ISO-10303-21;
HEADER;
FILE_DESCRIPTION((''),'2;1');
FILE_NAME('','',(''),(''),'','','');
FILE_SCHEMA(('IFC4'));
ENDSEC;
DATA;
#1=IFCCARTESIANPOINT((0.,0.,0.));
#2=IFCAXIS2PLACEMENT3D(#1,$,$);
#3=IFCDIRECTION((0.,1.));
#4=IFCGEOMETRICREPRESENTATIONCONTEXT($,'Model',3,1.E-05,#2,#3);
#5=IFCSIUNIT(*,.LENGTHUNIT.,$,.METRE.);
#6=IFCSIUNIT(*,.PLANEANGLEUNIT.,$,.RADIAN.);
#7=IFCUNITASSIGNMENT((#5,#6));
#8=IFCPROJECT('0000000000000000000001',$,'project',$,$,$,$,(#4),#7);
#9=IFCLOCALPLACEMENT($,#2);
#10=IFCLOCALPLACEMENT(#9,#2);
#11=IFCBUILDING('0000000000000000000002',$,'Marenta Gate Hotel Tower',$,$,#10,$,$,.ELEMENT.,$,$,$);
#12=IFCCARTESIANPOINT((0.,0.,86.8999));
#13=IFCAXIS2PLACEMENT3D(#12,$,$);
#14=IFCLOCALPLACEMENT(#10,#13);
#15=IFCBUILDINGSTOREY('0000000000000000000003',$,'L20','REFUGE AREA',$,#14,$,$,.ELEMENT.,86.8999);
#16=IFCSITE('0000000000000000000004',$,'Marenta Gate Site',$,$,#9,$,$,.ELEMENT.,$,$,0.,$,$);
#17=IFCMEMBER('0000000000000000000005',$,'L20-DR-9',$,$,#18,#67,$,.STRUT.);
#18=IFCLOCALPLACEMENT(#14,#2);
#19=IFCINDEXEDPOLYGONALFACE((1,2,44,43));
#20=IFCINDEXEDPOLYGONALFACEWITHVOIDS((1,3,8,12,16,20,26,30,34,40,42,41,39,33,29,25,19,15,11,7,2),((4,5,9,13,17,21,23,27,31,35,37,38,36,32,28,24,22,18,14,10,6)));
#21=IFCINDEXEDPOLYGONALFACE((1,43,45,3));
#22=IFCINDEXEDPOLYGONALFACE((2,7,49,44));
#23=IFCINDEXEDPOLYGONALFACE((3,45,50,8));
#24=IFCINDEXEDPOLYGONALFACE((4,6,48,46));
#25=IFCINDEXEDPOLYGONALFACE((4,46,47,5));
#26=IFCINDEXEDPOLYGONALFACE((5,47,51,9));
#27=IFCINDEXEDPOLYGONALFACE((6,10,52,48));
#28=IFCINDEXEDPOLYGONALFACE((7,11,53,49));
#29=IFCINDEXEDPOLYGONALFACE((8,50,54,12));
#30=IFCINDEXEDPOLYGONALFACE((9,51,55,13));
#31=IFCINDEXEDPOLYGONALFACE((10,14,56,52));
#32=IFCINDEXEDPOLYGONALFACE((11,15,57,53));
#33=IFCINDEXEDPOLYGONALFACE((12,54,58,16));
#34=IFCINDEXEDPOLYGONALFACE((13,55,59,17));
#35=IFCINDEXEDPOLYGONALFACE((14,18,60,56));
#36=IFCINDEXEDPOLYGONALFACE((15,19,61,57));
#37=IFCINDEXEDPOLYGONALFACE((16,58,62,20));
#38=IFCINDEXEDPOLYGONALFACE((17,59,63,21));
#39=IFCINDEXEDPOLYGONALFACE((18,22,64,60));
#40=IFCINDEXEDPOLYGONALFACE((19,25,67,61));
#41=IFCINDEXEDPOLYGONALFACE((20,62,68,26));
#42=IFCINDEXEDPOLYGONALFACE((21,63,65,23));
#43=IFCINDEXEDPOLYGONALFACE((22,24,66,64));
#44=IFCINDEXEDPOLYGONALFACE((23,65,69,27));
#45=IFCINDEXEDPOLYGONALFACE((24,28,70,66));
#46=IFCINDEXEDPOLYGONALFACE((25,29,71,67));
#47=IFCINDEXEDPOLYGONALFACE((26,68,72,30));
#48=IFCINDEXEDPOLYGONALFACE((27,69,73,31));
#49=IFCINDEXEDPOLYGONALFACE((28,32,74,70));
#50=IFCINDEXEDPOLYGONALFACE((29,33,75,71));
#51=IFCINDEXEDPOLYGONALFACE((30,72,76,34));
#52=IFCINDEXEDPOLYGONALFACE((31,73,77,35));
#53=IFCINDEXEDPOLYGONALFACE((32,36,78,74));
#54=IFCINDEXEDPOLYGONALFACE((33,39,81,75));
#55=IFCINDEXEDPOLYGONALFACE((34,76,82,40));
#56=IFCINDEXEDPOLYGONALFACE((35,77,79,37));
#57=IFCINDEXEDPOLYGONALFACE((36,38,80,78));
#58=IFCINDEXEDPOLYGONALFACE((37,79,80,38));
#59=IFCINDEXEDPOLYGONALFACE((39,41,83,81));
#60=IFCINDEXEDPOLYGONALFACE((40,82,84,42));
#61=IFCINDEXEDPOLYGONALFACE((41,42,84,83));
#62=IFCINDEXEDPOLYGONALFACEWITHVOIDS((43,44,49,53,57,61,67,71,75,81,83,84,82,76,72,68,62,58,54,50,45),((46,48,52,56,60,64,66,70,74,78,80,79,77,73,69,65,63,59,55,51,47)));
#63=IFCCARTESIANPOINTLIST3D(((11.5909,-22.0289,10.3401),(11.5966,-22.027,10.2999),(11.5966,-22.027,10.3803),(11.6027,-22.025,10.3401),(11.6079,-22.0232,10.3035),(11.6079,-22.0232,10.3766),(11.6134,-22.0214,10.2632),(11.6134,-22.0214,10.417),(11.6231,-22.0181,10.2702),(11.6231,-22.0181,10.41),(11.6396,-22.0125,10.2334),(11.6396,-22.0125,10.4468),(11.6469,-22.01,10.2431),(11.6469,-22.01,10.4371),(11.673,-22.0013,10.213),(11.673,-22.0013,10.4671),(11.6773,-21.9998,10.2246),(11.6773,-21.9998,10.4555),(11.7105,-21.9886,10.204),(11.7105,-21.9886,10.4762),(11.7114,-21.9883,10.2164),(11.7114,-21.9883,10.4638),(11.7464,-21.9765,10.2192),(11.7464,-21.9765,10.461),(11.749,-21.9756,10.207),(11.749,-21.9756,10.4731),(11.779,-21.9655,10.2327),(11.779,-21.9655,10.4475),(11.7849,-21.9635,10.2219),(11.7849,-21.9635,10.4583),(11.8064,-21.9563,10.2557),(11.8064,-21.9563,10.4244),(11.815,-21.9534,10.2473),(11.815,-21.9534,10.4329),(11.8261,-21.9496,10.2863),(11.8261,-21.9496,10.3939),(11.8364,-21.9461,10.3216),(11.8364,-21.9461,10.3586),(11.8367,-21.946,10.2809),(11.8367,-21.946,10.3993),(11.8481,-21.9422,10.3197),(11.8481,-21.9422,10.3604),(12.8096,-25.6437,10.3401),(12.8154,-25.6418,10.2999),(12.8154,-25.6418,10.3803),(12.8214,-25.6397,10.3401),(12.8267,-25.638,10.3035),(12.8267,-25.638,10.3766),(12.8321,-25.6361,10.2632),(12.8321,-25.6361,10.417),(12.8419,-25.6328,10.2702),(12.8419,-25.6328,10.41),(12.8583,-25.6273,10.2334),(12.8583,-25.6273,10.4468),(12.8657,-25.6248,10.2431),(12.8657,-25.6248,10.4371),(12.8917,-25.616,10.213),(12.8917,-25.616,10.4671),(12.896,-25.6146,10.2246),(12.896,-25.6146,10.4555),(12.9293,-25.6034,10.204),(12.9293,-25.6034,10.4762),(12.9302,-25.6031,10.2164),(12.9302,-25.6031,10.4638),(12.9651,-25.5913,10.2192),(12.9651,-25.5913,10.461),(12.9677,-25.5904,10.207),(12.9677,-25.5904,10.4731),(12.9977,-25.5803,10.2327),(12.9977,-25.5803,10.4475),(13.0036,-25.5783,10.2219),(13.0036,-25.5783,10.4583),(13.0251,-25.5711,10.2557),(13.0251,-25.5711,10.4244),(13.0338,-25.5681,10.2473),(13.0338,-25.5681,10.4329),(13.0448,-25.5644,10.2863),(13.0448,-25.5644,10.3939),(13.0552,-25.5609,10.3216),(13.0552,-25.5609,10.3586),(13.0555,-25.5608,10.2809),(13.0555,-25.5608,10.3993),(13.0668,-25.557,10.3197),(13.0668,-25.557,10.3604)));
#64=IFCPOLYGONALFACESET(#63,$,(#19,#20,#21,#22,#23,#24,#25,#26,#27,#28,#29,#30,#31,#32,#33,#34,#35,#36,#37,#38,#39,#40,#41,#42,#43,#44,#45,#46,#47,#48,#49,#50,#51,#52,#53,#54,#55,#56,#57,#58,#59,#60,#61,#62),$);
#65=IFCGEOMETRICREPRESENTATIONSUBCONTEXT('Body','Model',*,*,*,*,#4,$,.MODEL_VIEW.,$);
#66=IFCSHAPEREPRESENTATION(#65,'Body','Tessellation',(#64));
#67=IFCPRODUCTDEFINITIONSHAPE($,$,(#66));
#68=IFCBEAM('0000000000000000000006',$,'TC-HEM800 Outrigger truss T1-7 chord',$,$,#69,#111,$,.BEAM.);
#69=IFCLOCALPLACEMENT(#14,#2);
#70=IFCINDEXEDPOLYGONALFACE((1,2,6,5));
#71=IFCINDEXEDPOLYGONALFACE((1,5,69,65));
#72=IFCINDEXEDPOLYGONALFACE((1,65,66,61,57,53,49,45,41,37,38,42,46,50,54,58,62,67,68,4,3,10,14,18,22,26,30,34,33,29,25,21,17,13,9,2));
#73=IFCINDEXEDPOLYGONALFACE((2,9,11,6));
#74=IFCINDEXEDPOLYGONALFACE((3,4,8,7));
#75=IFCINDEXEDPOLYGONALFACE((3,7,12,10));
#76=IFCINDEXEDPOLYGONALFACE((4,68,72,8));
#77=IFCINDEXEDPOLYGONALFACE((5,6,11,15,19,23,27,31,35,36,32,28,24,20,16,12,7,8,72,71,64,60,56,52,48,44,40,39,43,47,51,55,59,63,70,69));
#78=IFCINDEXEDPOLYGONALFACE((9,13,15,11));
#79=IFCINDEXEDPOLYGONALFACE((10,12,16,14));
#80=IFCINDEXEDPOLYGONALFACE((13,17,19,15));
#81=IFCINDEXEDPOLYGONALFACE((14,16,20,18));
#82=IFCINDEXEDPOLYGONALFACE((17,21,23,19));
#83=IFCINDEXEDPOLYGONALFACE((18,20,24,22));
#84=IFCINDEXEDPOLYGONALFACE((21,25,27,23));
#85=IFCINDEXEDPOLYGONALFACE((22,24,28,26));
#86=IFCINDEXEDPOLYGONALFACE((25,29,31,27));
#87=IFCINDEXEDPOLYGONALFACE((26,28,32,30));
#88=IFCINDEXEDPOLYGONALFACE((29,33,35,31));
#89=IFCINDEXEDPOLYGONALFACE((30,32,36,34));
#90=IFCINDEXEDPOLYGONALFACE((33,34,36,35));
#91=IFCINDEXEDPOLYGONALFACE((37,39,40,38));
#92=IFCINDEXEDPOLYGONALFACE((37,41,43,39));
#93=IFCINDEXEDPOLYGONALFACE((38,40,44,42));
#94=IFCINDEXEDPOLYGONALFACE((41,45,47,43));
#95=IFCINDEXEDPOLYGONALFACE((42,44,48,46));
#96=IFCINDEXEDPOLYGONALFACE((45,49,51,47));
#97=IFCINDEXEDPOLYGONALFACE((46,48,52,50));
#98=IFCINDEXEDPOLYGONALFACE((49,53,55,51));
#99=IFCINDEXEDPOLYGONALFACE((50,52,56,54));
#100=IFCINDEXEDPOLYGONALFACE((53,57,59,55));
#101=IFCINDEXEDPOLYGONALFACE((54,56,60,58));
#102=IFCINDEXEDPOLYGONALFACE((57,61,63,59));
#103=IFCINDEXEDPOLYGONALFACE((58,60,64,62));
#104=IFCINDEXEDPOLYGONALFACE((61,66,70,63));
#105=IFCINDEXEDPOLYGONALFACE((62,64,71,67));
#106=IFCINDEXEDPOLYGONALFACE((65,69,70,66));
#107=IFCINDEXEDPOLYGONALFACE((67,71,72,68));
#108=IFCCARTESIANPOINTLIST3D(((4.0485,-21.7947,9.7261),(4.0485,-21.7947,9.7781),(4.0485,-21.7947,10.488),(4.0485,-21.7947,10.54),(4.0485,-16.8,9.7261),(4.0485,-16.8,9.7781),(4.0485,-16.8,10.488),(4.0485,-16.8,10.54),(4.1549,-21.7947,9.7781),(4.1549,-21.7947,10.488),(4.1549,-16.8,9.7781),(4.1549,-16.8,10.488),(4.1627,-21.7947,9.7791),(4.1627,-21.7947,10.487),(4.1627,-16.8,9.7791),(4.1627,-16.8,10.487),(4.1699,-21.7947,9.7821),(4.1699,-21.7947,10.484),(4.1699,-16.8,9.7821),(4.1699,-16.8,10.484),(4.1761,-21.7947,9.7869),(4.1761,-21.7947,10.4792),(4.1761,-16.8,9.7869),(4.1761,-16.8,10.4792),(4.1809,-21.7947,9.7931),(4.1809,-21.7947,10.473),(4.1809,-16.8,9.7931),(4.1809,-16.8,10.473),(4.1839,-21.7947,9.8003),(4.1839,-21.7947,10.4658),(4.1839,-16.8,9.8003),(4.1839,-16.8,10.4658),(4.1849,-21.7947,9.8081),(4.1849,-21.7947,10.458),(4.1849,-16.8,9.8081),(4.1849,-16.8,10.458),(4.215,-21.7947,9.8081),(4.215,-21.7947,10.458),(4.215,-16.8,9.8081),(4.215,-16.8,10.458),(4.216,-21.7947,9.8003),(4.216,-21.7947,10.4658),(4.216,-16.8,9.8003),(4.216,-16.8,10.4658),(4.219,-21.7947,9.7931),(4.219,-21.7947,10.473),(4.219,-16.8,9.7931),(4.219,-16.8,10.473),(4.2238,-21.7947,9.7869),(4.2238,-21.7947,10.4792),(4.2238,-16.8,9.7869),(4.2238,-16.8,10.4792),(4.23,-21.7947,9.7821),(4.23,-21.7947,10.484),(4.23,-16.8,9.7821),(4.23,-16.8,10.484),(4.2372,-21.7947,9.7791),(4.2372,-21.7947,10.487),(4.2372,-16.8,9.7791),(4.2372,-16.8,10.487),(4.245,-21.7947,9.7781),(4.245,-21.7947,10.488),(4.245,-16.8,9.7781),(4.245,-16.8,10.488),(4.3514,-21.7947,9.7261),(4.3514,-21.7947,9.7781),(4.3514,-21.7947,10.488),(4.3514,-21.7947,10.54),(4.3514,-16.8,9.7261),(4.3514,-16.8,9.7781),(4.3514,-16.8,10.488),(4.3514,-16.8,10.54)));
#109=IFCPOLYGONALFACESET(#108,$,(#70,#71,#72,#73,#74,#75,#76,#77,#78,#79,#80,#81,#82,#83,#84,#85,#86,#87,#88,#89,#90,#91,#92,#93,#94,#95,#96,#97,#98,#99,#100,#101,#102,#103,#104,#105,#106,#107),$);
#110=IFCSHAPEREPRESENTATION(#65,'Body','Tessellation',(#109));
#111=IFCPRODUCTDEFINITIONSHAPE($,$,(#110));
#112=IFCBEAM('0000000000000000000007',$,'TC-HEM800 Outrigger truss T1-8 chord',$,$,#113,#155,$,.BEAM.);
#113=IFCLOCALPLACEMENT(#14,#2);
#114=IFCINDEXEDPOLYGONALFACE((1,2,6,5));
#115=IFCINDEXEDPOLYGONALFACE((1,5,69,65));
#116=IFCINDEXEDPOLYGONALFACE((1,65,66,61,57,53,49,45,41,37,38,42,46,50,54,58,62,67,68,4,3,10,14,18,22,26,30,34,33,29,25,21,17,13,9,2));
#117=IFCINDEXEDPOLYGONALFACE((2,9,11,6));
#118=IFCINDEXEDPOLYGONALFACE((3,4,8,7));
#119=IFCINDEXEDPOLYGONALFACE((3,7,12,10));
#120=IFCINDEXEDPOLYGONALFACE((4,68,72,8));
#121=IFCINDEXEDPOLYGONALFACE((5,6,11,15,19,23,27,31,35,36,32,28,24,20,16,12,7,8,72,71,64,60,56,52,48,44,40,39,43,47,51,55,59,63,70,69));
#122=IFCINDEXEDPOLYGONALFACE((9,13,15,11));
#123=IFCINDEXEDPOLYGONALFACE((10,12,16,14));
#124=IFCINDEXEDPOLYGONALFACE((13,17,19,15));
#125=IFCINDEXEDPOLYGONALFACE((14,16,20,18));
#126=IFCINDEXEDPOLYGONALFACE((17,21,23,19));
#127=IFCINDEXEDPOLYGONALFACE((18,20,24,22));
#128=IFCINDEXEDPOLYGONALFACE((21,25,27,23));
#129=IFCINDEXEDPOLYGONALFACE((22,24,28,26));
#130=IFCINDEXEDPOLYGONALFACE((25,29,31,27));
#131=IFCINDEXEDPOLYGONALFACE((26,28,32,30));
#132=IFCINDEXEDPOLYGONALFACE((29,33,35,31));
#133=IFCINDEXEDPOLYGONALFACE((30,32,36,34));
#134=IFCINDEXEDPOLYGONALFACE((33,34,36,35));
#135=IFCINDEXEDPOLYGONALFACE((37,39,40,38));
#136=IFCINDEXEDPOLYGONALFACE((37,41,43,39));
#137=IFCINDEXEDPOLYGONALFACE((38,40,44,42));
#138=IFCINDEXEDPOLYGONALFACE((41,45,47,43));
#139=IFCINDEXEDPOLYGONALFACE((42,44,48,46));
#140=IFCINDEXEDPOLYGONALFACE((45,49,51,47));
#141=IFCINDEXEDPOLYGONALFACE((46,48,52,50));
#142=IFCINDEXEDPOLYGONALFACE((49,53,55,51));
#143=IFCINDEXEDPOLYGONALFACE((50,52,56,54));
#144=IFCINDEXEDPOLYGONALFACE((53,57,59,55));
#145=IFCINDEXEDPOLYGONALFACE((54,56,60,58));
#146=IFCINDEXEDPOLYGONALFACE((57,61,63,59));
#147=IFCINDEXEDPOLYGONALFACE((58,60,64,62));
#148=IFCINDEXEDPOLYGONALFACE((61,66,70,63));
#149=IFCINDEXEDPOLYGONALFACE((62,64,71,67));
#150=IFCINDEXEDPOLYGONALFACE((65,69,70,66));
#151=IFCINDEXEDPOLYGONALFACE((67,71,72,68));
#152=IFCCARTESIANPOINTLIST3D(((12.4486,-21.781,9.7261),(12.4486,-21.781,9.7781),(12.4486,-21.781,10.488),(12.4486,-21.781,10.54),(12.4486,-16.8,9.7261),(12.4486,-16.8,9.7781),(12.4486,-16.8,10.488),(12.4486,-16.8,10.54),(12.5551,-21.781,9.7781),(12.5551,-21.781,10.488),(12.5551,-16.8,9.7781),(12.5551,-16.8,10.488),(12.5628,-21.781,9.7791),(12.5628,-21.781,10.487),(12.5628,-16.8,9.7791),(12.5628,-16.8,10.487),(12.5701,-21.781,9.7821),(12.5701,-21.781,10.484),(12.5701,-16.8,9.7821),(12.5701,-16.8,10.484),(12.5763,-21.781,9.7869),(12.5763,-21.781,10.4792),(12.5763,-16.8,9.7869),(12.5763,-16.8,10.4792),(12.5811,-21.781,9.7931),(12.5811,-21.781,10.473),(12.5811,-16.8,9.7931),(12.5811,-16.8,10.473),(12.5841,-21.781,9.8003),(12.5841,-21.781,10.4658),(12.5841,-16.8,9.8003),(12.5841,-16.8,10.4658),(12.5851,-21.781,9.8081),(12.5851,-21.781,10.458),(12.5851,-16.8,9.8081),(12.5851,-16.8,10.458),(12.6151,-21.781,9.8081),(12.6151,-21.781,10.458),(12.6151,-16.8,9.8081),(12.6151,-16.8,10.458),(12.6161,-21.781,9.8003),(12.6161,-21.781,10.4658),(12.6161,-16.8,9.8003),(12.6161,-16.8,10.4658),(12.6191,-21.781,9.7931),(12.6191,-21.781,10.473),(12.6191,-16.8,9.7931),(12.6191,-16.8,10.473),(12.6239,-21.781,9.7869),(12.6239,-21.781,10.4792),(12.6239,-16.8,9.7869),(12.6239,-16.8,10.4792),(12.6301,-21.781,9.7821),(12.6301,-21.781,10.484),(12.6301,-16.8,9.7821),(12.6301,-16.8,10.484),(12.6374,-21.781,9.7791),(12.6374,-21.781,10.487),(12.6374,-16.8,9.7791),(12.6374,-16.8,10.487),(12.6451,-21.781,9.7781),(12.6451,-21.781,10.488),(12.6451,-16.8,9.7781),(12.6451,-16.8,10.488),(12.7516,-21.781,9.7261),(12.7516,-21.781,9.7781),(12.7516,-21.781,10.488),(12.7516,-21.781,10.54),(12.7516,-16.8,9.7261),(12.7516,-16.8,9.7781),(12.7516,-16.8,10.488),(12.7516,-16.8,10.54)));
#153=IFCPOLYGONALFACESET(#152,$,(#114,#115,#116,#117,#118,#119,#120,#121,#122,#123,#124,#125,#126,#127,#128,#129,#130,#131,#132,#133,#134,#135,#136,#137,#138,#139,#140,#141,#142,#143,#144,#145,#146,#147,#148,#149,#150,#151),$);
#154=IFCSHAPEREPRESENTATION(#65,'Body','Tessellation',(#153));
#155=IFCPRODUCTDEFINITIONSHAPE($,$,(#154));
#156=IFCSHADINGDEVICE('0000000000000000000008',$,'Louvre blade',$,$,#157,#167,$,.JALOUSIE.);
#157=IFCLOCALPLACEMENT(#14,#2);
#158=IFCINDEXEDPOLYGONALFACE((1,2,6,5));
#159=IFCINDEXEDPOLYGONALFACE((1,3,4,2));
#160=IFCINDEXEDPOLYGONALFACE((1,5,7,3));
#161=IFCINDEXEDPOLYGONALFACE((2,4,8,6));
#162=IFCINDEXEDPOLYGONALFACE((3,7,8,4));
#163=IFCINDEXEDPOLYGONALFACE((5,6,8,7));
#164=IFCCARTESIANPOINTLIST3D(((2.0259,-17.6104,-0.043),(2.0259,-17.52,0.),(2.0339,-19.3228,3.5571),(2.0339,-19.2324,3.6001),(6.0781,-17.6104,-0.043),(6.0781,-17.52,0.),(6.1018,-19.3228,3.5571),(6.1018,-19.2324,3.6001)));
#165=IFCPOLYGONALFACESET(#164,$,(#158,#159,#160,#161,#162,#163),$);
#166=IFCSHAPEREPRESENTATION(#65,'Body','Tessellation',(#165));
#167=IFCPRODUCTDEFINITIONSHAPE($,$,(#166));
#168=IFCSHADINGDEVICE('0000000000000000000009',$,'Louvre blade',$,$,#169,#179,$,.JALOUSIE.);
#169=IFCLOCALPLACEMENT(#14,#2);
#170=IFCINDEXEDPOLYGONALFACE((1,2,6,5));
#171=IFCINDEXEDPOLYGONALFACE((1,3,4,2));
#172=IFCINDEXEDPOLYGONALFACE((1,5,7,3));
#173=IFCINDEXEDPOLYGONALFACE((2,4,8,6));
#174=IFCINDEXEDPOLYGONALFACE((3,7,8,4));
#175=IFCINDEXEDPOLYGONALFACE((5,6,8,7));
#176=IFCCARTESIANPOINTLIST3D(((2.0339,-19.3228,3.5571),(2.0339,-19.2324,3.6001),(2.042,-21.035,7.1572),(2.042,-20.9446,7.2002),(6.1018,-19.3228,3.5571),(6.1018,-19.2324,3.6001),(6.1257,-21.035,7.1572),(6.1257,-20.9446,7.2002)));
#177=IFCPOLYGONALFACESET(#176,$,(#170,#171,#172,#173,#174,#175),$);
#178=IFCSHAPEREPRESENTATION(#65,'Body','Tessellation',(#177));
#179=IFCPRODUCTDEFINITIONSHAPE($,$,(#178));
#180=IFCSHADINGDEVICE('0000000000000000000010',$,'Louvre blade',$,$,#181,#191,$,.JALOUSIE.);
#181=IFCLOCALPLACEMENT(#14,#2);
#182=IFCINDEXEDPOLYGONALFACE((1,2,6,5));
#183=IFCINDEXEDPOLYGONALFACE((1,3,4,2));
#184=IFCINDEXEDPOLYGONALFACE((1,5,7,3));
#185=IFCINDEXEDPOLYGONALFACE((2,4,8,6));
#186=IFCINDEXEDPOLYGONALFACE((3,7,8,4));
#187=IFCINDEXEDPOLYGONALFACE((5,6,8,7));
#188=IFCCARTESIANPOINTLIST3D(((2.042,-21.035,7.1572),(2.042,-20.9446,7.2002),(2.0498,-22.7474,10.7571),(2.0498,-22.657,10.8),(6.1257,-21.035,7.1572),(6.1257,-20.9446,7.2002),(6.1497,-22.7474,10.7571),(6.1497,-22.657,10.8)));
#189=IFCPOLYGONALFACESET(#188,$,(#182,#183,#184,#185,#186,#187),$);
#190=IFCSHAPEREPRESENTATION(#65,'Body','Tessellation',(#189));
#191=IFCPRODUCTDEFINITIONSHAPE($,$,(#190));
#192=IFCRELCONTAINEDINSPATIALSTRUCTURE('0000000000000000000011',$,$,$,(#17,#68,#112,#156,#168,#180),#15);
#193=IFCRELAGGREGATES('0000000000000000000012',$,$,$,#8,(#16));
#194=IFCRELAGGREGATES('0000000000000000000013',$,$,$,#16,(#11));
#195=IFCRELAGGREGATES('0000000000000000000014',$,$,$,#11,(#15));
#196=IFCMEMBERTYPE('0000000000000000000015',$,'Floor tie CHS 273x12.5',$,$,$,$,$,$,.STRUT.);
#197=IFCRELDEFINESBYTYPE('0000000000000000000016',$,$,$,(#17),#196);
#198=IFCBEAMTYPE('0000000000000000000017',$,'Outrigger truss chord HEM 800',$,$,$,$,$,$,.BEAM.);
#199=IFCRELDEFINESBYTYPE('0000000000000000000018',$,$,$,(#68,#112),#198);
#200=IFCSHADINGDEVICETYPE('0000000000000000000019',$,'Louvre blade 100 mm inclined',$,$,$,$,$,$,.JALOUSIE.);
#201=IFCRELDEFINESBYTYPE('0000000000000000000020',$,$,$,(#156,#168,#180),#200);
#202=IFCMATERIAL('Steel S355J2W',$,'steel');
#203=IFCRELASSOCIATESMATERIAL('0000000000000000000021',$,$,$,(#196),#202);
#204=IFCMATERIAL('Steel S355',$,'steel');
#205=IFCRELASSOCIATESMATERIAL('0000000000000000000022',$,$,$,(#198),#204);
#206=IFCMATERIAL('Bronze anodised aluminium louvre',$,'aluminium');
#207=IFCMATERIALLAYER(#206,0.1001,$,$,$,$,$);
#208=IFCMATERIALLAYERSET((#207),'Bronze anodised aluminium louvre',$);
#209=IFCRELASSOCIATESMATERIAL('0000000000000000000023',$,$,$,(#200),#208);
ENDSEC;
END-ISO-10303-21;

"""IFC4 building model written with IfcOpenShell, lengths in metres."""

from ifc_helpers import new_model, si_unit, direction, frame, origin, origin_2d, place, context, subcontext, project, spatial, polyline, hollow_circle, i_section, outline, extrude, material, layer, layer_set, material_profile, profile_set, type_object, element, save


model = new_model("IFC4")

# Units and contexts
model_context = context("Model", 3, precision=1e-05, world=origin(), true_north=direction((0.0, 1.0)))
body_context = subcontext(model_context, "Body", "Model", "MODEL_VIEW")
ifc_project = project(units=[si_unit("LENGTHUNIT", "METRE"), si_unit("PLANEANGLEUNIT", "RADIAN")], contexts=[model_context])

# Site, building, storey
site_placement = place(None, origin())
site = spatial("IfcSite", under=ifc_project, at=site_placement, Name="Marenta Gate Site", CompositionType="ELEMENT", RefElevation=0.0)
building_placement = place(site_placement, origin())
building = spatial("IfcBuilding", under=site, at=building_placement, Name="Marenta Gate Hotel Tower", CompositionType="ELEMENT")
storey_placement = place(building_placement, frame((0.0, 0.0, 86.8999)))
storey = spatial("IfcBuildingStorey", under=building, at=storey_placement, Name="L20", Description="REFUGE AREA", CompositionType="ELEMENT", Elevation=86.8999)

# Member
ifc_material_1 = material(Name="Steel S355J2W", Category="steel")
ifc_material_profile_1 = material_profile(ifc_material_1, hollow_circle(Radius=0.1365, WallThickness=0.0125, at=origin_2d()), Name="CHS 273x12.5")
ifc_profile_set_1 = profile_set([ifc_material_profile_1], Name="Steel S355J2W")
member_type_1 = type_object("IfcMemberType", Name="Floor tie CHS 273x12.5", PredefinedType="STRUT", material=ifc_profile_set_1)
member_1_placement = place(storey_placement, frame((12.939, -25.6001, 10.3401), z_axis=(-0.31949, 0.94759, 0.0), x_axis=(-0.94759, -0.31949, 0.0)))
element("IfcMember", 1, at=member_1_placement, inside=storey, type_object=member_type_1, Name="L20-DR-9", PredefinedType="STRUT", context=body_context, shape_type="SweptSolid", body=[
    extrude(hollow_circle(Radius=0.1365, WallThickness=0.0125, at=origin_2d()), origin(), (0.0, 0.0, 1.0), 3.8147),
])

# Beams
ifc_material_2 = material(Name="Steel S355", Category="steel")
ifc_material_profile_2 = material_profile(ifc_material_2, i_section(OverallWidth=0.303, OverallDepth=0.814, WebThickness=0.03, FlangeThickness=0.052, FilletRadius=0.03, at=origin_2d()), Name="HEM 800")
ifc_profile_set_2 = profile_set([ifc_material_profile_2], Name="Steel S355")
beam_type = type_object("IfcBeamType", Name="Outrigger truss chord HEM 800", PredefinedType="BEAM", material=ifc_profile_set_2)
beam_1_placement = place(storey_placement, frame((4.2, -16.8, 10.1331), z_axis=(0.0, -1.0, 0.0), x_axis=(1.0, 0.0, 0.0)))
element("IfcBeam", 2, at=beam_1_placement, inside=storey, type_object=beam_type, Name="TC-HEM800 Outrigger truss T1-7 chord", PredefinedType="BEAM", context=body_context, shape_type="SweptSolid", body=[
    extrude(i_section(OverallWidth=0.303, OverallDepth=0.814, WebThickness=0.03, FlangeThickness=0.052, FilletRadius=0.03, at=origin_2d()), origin(), (0.0, 0.0, 1.0), 4.9946),
])
beam_2_placement = place(storey_placement, frame((12.6001, -16.8, 10.1331), z_axis=(0.0, -1.0, 0.0), x_axis=(1.0, 0.0, 0.0)))
element("IfcBeam", 3, at=beam_2_placement, inside=storey, type_object=beam_type, Name="TC-HEM800 Outrigger truss T1-8 chord", PredefinedType="BEAM", context=body_context, shape_type="SweptSolid", body=[
    extrude(i_section(OverallWidth=0.303, OverallDepth=0.814, WebThickness=0.03, FlangeThickness=0.052, FilletRadius=0.03, at=origin_2d()), origin(), (0.0, 0.0, 1.0), 4.981),
])

# Shading devices
ifc_material_3 = material(Name="Bronze anodised aluminium louvre", Category="aluminium")
ifc_layer = layer(ifc_material_3, 0.1001)
ifc_layer_set = layer_set([ifc_layer], Name="Bronze anodised aluminium louvre")
shading_device_type = type_object("IfcShadingDeviceType", Name="Louvre blade 100 mm inclined", PredefinedType="JALOUSIE", material=ifc_layer_set)
shading_device_1_placement = place(storey_placement, frame((2.0259, -17.52, 0.0), z_axis=(0.0, 0.903048, 0.429539), x_axis=(1.0, 0.0, 0.0)))
element("IfcShadingDevice", 4, at=shading_device_1_placement, inside=storey, type_object=shading_device_type, Name="Louvre blade", PredefinedType="JALOUSIE", context=body_context, shape_type="SweptSolid", body=[
    extrude(outline(polyline([(0.0, 0.0), (4.0522, 0.0), (4.0759, -3.9866), (0.0081, -3.9866), (0.0, 0.0)])), origin(), (0.0, 0.0, -1.0), 0.1001),
])
shading_device_2_placement = place(storey_placement, frame((2.0339, -19.2324, 3.6001), z_axis=(0.0, 0.903072, 0.429489), x_axis=(1.0, 0.0, 0.0)))
element("IfcShadingDevice", 5, at=shading_device_2_placement, inside=storey, type_object=shading_device_type, Name="Louvre blade", PredefinedType="JALOUSIE", context=body_context, shape_type="SweptSolid", body=[
    extrude(outline(polyline([(0.0, 0.0), (4.0679, 0.0), (4.0918, -3.9865), (0.0081, -3.9865), (0.0, 0.0)])), origin(), (0.0, 0.0, -1.0), 0.1001),
])
shading_device_3_placement = place(storey_placement, frame((2.042, -20.9446, 7.2002), z_axis=(0.0, 0.903037, 0.429563), x_axis=(1.0, 0.0, 0.0)))
element("IfcShadingDevice", 6, at=shading_device_3_placement, inside=storey, type_object=shading_device_type, Name="Louvre blade", PredefinedType="JALOUSIE", context=body_context, shape_type="SweptSolid", body=[
    extrude(outline(polyline([(0.0, 0.0), (4.0837, 0.0), (4.1077, -3.9864), (0.0078, -3.9864), (0.0, 0.0)])), origin(), (0.0, 0.0, -1.0), 0.1001),
])

save(model, "model.ifc")
